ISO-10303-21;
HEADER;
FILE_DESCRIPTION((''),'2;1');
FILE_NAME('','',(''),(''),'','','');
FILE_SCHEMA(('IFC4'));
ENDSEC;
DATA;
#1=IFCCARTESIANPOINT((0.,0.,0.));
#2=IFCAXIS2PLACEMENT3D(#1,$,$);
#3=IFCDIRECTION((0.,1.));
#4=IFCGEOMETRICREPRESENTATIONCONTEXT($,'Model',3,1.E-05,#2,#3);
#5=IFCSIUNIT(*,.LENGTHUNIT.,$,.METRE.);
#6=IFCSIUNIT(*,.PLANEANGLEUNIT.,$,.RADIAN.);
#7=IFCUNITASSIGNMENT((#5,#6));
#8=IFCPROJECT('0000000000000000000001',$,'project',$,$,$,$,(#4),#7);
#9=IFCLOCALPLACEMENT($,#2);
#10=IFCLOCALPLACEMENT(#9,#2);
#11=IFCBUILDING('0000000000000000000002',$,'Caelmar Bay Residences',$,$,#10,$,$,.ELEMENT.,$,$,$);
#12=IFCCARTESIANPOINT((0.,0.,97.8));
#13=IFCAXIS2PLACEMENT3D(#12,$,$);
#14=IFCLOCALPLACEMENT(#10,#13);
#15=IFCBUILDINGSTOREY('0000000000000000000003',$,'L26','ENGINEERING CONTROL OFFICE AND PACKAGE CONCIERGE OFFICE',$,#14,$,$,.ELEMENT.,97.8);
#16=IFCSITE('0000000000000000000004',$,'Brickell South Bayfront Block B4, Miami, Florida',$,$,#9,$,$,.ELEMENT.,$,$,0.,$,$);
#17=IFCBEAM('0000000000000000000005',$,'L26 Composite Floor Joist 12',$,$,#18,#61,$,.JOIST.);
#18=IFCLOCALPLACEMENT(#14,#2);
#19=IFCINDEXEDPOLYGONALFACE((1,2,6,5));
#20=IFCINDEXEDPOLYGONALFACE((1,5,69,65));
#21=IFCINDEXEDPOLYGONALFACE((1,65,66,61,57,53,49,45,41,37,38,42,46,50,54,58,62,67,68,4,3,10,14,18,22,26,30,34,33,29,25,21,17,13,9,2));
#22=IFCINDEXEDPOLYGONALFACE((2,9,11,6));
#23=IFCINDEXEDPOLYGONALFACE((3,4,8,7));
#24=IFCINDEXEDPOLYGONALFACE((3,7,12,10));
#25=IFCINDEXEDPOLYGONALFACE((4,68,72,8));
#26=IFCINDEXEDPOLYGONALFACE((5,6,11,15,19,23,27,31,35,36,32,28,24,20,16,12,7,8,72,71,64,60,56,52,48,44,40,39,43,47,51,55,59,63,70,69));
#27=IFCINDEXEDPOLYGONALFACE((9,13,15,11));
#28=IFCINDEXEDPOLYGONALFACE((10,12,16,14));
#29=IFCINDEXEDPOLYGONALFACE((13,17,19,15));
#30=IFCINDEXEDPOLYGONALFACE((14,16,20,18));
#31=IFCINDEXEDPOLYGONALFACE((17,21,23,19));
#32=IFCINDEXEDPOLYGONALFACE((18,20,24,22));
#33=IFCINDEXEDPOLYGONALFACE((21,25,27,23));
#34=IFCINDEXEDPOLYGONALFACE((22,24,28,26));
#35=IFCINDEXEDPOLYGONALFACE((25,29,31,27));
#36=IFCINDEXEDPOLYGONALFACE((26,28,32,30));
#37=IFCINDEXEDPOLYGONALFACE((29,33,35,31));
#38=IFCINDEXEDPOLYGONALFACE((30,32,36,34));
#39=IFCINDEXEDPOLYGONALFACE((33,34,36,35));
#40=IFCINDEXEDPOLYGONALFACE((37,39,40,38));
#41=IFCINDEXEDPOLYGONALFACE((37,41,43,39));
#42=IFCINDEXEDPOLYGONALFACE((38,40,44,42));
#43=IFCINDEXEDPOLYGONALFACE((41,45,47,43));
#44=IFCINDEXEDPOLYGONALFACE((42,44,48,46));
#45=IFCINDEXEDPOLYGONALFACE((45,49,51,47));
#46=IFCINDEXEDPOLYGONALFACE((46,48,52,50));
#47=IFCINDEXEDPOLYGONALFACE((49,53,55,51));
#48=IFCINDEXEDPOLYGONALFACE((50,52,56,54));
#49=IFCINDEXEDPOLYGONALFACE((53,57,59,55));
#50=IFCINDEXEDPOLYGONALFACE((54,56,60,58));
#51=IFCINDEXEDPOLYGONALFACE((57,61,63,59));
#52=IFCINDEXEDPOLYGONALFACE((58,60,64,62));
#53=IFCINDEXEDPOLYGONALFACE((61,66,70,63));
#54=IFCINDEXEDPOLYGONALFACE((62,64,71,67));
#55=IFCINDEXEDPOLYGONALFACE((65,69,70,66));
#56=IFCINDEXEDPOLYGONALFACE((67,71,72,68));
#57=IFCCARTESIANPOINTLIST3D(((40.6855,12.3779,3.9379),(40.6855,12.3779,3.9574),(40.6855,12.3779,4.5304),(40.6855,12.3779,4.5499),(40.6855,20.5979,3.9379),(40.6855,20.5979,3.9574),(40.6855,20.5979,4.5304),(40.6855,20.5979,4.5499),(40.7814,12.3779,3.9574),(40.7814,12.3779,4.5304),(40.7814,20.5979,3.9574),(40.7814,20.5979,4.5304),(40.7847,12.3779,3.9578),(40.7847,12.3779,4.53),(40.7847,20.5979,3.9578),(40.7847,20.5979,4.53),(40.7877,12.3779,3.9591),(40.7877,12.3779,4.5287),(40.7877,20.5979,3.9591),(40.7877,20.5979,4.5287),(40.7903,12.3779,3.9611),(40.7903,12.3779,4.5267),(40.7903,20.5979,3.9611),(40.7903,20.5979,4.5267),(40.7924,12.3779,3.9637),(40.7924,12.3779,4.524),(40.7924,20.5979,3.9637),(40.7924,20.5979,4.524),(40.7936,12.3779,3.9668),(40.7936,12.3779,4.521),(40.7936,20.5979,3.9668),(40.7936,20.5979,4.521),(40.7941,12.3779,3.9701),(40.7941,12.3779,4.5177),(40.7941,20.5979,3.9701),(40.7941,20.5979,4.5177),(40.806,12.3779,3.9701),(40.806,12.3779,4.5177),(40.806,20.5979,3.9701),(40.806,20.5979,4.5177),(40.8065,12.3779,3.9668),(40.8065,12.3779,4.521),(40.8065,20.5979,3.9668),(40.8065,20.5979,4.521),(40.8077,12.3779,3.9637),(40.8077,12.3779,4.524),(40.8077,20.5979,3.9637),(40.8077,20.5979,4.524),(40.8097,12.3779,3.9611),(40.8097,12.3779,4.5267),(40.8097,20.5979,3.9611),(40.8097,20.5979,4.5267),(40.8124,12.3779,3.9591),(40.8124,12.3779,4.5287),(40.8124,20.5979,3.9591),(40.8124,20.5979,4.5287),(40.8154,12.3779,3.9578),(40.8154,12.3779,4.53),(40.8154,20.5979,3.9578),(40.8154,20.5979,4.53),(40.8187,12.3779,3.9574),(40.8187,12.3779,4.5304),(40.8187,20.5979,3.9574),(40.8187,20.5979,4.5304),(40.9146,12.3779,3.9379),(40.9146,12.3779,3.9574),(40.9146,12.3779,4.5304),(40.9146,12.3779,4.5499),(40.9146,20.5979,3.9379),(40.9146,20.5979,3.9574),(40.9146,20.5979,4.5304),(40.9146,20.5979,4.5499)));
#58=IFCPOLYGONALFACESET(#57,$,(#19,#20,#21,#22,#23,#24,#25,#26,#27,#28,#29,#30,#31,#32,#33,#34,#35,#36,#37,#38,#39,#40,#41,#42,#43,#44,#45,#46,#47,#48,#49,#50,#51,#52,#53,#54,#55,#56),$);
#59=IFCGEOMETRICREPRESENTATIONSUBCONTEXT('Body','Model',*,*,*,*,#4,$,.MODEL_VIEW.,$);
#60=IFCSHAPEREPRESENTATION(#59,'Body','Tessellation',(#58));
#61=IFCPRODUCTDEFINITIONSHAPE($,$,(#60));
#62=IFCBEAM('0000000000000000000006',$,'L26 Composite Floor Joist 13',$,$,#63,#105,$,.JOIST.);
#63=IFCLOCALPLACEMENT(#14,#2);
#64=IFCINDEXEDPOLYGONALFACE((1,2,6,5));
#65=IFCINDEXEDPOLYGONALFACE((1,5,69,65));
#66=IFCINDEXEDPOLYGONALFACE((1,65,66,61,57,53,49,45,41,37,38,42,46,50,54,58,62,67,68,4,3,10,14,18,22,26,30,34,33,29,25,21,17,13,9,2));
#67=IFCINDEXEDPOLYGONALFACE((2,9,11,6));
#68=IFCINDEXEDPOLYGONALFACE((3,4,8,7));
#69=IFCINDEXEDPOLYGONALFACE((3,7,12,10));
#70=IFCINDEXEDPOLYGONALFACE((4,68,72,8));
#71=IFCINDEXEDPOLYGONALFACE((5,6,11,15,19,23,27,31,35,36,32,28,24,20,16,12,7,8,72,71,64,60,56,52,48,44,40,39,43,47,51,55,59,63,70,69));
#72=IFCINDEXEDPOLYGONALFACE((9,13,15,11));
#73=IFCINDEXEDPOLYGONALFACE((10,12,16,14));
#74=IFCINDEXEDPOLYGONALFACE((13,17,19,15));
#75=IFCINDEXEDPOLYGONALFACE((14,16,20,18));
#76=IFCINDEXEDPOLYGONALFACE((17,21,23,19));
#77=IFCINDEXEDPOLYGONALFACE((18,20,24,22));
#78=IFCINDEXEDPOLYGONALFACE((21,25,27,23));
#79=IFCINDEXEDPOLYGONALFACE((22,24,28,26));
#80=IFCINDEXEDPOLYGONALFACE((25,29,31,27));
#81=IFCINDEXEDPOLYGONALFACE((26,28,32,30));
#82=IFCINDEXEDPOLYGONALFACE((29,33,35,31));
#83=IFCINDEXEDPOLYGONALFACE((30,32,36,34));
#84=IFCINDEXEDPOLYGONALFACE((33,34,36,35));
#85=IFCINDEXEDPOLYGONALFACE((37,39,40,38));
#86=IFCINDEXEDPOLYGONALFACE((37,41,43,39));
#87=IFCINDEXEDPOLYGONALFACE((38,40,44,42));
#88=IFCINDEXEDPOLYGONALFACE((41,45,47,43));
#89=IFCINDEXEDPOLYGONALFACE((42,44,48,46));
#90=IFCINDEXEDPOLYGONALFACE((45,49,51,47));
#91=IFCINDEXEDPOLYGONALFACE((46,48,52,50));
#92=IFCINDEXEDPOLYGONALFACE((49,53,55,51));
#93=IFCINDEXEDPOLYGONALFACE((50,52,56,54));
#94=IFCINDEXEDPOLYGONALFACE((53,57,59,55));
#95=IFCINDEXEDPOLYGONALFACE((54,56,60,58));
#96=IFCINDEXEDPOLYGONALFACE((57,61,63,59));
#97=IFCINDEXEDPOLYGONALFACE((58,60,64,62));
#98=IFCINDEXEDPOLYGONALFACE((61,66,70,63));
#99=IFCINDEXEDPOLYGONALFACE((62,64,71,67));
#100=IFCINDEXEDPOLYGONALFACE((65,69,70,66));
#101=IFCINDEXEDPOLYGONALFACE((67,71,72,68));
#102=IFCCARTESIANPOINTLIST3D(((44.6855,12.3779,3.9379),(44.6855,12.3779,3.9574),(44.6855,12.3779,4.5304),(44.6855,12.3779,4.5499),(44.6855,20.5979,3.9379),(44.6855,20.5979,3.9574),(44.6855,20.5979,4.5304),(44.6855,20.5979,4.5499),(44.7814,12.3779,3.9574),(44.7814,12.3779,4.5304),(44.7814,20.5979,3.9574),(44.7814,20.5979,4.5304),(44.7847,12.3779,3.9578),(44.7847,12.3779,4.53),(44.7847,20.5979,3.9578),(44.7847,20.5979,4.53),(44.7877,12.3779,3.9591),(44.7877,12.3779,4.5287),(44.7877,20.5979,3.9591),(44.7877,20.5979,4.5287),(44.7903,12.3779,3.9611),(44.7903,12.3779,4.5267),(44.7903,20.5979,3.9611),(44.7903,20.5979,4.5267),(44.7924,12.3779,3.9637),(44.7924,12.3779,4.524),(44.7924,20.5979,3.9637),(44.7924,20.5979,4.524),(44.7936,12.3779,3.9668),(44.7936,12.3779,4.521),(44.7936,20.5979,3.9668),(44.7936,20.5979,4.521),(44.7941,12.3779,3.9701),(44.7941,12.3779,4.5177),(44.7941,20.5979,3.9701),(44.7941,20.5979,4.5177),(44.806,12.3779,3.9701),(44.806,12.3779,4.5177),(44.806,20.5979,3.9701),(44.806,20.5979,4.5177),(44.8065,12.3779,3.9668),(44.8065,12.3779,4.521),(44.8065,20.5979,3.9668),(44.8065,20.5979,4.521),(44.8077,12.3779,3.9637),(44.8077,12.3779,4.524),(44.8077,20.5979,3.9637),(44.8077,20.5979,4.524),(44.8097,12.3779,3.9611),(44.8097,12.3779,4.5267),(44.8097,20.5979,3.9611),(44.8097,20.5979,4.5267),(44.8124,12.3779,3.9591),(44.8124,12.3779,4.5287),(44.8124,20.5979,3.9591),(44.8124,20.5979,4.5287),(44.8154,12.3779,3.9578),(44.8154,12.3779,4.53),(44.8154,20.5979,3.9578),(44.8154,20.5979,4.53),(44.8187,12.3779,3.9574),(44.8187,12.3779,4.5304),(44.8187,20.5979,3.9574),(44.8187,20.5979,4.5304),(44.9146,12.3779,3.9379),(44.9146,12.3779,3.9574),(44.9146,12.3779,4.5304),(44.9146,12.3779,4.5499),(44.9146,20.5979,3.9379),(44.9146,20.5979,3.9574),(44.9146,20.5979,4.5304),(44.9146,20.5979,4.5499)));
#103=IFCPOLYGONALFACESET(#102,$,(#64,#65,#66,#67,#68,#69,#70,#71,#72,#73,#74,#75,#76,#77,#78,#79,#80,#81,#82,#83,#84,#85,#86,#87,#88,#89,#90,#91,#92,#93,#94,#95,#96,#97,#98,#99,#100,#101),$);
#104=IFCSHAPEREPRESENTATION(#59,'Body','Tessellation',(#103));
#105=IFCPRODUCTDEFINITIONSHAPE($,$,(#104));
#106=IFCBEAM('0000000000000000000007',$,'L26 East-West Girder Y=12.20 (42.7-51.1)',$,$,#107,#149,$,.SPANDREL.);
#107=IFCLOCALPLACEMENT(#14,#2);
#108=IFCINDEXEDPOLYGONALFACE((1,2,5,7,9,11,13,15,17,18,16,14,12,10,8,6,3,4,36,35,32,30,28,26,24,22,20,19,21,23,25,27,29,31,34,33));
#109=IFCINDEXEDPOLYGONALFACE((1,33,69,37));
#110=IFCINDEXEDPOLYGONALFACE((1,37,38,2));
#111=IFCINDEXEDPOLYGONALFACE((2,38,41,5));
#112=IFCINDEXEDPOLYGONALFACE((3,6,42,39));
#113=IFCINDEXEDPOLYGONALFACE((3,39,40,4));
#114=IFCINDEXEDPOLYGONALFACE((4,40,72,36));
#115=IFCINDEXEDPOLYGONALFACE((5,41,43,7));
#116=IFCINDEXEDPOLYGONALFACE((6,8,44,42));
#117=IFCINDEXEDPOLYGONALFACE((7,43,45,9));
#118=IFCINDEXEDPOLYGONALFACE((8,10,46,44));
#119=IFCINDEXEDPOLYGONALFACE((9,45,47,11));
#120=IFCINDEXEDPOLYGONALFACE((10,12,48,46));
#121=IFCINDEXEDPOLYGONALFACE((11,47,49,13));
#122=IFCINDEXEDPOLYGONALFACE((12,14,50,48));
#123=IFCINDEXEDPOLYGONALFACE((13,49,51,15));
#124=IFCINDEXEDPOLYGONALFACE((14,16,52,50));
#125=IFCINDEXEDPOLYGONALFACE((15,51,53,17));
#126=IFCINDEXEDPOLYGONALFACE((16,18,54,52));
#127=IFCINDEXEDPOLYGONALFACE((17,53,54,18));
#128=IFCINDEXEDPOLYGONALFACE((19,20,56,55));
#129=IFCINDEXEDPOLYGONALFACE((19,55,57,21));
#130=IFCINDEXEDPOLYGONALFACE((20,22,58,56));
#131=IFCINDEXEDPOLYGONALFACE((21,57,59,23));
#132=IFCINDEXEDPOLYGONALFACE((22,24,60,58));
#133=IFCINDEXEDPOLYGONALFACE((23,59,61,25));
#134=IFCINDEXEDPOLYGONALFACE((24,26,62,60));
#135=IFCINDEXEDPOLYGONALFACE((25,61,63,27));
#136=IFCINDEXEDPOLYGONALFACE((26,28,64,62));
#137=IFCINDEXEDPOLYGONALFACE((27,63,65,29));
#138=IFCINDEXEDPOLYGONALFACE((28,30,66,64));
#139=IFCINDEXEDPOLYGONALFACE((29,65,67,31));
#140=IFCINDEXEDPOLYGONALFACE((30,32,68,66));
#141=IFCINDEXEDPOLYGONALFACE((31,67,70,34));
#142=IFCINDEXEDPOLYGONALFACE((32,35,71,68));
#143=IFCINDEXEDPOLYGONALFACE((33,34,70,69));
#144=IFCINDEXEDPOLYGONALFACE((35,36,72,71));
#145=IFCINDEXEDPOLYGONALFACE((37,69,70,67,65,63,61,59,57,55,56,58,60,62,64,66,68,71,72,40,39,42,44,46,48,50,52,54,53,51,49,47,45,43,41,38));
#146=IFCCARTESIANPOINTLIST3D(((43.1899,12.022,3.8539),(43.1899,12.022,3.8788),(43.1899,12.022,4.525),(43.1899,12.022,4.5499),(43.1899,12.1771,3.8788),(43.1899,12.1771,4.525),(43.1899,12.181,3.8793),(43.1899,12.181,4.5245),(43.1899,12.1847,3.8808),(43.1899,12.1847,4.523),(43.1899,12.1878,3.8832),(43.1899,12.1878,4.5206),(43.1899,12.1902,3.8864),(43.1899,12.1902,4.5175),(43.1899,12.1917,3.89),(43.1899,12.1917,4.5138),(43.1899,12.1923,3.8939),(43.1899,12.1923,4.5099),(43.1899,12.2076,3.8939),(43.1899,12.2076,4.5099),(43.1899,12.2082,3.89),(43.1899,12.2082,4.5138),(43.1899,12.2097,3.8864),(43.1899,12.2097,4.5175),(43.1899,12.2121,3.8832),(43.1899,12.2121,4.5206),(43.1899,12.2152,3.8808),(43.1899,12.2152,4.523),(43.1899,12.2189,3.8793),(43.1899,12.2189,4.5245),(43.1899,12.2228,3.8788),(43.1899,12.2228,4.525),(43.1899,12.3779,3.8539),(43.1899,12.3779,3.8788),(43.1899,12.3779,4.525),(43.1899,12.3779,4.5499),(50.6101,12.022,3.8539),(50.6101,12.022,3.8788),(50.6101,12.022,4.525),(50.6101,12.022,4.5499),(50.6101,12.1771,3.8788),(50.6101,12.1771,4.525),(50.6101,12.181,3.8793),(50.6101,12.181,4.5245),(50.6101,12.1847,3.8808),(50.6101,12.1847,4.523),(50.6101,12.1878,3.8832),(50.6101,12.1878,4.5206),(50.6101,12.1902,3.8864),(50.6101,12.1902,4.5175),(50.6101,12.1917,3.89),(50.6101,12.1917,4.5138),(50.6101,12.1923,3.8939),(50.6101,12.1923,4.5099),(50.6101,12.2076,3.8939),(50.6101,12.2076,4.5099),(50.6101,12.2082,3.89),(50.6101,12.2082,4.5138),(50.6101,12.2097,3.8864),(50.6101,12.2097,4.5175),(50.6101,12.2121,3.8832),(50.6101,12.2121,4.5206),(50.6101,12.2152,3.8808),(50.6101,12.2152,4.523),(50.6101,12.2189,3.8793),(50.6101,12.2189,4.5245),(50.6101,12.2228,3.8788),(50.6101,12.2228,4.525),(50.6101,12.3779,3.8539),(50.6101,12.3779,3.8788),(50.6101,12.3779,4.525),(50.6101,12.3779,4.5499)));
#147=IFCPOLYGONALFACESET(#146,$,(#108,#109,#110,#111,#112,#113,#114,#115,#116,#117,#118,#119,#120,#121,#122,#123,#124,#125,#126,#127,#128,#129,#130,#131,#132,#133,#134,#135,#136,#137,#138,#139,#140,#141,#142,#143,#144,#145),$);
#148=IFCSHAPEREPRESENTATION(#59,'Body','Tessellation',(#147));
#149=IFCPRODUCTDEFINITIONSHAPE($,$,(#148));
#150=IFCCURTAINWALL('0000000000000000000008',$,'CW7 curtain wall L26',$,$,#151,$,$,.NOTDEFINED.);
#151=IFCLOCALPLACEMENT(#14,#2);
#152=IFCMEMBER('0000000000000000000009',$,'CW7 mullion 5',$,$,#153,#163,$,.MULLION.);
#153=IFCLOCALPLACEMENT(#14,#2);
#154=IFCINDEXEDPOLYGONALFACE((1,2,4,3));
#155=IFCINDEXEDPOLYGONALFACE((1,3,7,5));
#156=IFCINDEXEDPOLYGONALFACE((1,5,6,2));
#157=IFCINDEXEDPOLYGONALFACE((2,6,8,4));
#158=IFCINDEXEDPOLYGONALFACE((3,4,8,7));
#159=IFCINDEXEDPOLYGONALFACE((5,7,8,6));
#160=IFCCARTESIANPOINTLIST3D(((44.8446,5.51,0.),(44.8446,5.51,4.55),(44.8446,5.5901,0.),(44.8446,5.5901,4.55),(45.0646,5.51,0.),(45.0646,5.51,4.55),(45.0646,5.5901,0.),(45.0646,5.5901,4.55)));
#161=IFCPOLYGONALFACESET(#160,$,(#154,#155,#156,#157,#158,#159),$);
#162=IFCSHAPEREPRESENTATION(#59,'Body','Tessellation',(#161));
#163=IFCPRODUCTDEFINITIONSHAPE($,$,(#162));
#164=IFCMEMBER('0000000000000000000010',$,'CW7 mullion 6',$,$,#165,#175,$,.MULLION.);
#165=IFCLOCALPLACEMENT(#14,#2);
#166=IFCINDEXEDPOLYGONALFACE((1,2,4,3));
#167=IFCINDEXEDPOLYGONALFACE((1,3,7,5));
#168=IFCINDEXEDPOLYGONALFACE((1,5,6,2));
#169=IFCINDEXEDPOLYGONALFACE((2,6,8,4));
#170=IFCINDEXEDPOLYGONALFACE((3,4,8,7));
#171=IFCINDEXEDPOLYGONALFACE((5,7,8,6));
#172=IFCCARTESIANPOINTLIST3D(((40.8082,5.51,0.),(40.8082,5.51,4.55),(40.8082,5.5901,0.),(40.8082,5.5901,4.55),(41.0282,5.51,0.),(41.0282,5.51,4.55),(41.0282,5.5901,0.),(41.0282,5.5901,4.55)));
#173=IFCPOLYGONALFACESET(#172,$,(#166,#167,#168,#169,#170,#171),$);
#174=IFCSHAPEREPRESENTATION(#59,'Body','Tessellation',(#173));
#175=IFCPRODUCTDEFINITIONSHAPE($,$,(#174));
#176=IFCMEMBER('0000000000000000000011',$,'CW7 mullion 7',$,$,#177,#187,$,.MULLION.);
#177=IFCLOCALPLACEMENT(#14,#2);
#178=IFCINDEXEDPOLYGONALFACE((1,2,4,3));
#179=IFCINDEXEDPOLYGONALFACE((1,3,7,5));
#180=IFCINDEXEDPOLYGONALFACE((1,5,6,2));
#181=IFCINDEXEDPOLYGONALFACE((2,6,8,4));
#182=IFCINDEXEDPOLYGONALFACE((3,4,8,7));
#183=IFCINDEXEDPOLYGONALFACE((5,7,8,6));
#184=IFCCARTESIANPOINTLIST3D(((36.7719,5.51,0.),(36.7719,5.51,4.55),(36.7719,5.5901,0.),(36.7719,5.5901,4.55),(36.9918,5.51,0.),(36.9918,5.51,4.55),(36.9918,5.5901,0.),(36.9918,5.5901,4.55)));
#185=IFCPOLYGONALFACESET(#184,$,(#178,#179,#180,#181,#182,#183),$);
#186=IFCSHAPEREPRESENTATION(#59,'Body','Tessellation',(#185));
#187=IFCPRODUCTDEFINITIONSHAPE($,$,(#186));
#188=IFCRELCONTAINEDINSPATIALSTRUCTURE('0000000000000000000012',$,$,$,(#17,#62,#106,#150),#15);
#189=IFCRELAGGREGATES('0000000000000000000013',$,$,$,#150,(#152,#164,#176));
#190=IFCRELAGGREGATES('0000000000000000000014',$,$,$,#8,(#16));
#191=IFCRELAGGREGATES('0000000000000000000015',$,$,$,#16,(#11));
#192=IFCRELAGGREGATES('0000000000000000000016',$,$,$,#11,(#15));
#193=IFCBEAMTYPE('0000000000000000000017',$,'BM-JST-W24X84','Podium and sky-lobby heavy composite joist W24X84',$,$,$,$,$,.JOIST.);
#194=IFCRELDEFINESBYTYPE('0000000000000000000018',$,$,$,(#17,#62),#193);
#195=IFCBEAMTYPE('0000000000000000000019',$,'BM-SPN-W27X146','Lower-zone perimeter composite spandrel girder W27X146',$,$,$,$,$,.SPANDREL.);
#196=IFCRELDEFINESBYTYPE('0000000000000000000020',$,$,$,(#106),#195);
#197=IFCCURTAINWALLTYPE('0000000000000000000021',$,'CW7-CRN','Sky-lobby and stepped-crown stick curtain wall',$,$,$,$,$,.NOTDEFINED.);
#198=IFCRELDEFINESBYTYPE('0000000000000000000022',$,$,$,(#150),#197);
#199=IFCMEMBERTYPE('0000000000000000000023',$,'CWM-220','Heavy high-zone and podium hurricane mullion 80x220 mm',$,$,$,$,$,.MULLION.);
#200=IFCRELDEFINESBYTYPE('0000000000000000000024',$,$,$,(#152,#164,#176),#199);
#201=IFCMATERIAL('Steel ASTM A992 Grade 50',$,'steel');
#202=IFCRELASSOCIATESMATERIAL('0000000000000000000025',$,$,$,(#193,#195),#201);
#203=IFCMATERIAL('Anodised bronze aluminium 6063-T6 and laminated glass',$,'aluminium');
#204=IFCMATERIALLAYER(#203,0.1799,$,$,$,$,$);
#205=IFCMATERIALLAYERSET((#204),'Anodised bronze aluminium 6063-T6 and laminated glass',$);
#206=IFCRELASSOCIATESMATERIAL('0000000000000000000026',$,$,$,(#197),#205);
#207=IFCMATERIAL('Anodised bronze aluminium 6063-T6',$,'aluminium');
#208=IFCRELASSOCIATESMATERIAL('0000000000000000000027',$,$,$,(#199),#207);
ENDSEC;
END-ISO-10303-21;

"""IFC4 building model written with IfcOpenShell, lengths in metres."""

from ifc_helpers import new_model, si_unit, direction, frame, origin, origin_2d, place, context, subcontext, project, spatial, rectangle, i_section, extrude, material, layer, layer_set, material_profile, profile_set, type_object, element, aggregate, save


model = new_model("IFC4")

# Units and contexts
model_context = context("Model", 3, precision=1e-05, world=origin(), true_north=direction((0.0, 1.0)))
body_context = subcontext(model_context, "Body", "Model", "MODEL_VIEW")
ifc_project = project(units=[si_unit("LENGTHUNIT", "METRE"), si_unit("PLANEANGLEUNIT", "RADIAN")], contexts=[model_context])

# Site, building, storey
site_placement = place(None, origin())
site = spatial("IfcSite", under=ifc_project, at=site_placement, Name="Brickell South Bayfront Block B4, Miami, Florida", CompositionType="ELEMENT", RefElevation=0.0)
building_placement = place(site_placement, origin())
building = spatial("IfcBuilding", under=site, at=building_placement, Name="Caelmar Bay Residences", CompositionType="ELEMENT")
storey_placement = place(building_placement, frame((0.0, 0.0, 97.8)))
storey = spatial("IfcBuildingStorey", under=building, at=storey_placement, Name="L26", Description="ENGINEERING CONTROL OFFICE AND PACKAGE CONCIERGE OFFICE", CompositionType="ELEMENT", Elevation=97.8)

# Beams
ifc_material_1 = material(Name="Steel ASTM A992 Grade 50", Category="steel")
ifc_material_profile_1 = material_profile(ifc_material_1, i_section(OverallWidth=0.229, OverallDepth=0.6121, WebThickness=0.012, FlangeThickness=0.0195, FilletRadius=0.0127, at=origin_2d()), Name="W24X84")
ifc_profile_set_1 = profile_set([ifc_material_profile_1], Name="Steel ASTM A992 Grade 50")
beam_type_1 = type_object("IfcBeamType", Name="BM-JST-W24X84", Description="Podium and sky-lobby heavy composite joist W24X84", PredefinedType="JOIST", material=ifc_profile_set_1)
for number, where, z_axis, x_axis, name in (
    (1, (40.8, 12.3779, 4.2439), (0.0, 1.0, 0.0), (-1.0, 0.0, 0.0), "L26 Composite Floor Joist 12"),
    (2, (44.8, 12.3779, 4.2439), (0.0, 1.0, 0.0), (-1.0, 0.0, 0.0), "L26 Composite Floor Joist 13"),
):
    element("IfcBeam", number, at=place(storey_placement, frame(where, z_axis=z_axis, x_axis=x_axis)), inside=storey, type_object=beam_type_1, Name=name, PredefinedType="JOIST", context=body_context, shape_type="SweptSolid", body=[
        extrude(i_section(OverallWidth=0.229, OverallDepth=0.6121, WebThickness=0.012, FlangeThickness=0.0195, FilletRadius=0.0127, at=origin_2d()), origin(), (0.0, 0.0, 1.0), 8.22),
    ])
ifc_material_profile_2 = material_profile(ifc_material_1, i_section(OverallWidth=0.356, OverallDepth=0.696, WebThickness=0.0154, FlangeThickness=0.0249, FilletRadius=0.0151, at=origin_2d()), Name="W27X146")
ifc_profile_set_2 = profile_set([ifc_material_profile_2], Name="Steel ASTM A992 Grade 50")
beam_type_2 = type_object("IfcBeamType", Name="BM-SPN-W27X146", Description="Lower-zone perimeter composite spandrel girder W27X146", PredefinedType="SPANDREL", material=ifc_profile_set_2)
beam_1_placement = place(storey_placement, frame((43.1899, 12.2, 4.2019), z_axis=(1.0, 0.0, 0.0), x_axis=(0.0, 1.0, 0.0)))
element("IfcBeam", 3, at=beam_1_placement, inside=storey, type_object=beam_type_2, Name="L26 East-West Girder Y=12.20 (42.7-51.1)", PredefinedType="SPANDREL", context=body_context, shape_type="SweptSolid", body=[
    extrude(i_section(OverallWidth=0.356, OverallDepth=0.696, WebThickness=0.0154, FlangeThickness=0.0249, FilletRadius=0.0151, at=origin_2d()), origin(), (0.0, 0.0, 1.0), 7.4202),
])

# Curtain wall, members
ifc_material_2 = material(Name="Anodised bronze aluminium 6063-T6 and laminated glass", Category="aluminium")
ifc_layer_1 = layer(ifc_material_2, 0.1799)
ifc_layer_set_1 = layer_set([ifc_layer_1], Name="Anodised bronze aluminium 6063-T6 and laminated glass")
curtain_wall_type = type_object("IfcCurtainWallType", Name="CW7-CRN", Description="Sky-lobby and stepped-crown stick curtain wall", PredefinedType="NOTDEFINED", material=ifc_layer_set_1)
curtain_wall_placement = place(storey_placement, origin())
curtain_wall = element("IfcCurtainWall", 4, at=curtain_wall_placement, inside=storey, type_object=curtain_wall_type, Name="CW7 curtain wall L26", PredefinedType="NOTDEFINED")
ifc_material_3 = material(Name="Anodised bronze aluminium 6063-T6", Category="aluminium")
ifc_material_profile_3 = material_profile(ifc_material_3, rectangle(XDim=0.0801, YDim=0.22, at=origin_2d()), Name="CWM-80X220")
ifc_profile_set_3 = profile_set([ifc_material_profile_3], Name="Anodised bronze aluminium 6063-T6")
member_type_1 = type_object("IfcMemberType", Name="CWM-220", Description="Heavy high-zone and podium hurricane mullion 80x220 mm", PredefinedType="MULLION", material=ifc_profile_set_3)
member_1_placement = place(storey_placement, frame((44.9546, 5.55, 0.0), z_axis=(0.0, 0.0, 1.0), x_axis=(0.0, -1.0, 0.0)))
member_1 = element("IfcMember", 5, at=member_1_placement, type_object=member_type_1, Name="CW7 mullion 5", PredefinedType="MULLION", context=body_context, shape_type="SweptSolid", body=[
    extrude(rectangle(XDim=0.0801, YDim=0.22, at=origin_2d()), origin(), (0.0, 0.0, 1.0), 4.55),
])
member_2_placement = place(storey_placement, frame((40.9182, 5.55, 0.0), z_axis=(0.0, 0.0, 1.0), x_axis=(0.0, -1.0, 0.0)))
member_2 = element("IfcMember", 6, at=member_2_placement, type_object=member_type_1, Name="CW7 mullion 6", PredefinedType="MULLION", context=body_context, shape_type="SweptSolid", body=[
    extrude(rectangle(XDim=0.0801, YDim=0.22, at=origin_2d()), origin(), (0.0, 0.0, 1.0), 4.55),
])
member_3_placement = place(storey_placement, frame((36.8818, 5.55, 0.0), z_axis=(0.0, 0.0, 1.0), x_axis=(0.0, -1.0, 0.0)))
member_3 = element("IfcMember", 7, at=member_3_placement, type_object=member_type_1, Name="CW7 mullion 7", PredefinedType="MULLION", context=body_context, shape_type="SweptSolid", body=[
    extrude(rectangle(XDim=0.0801, YDim=0.22, at=origin_2d()), origin(), (0.0, 0.0, 1.0), 4.55),
])
aggregate(curtain_wall, [member_1, member_2, member_3])

save(model, "model.ifc")
